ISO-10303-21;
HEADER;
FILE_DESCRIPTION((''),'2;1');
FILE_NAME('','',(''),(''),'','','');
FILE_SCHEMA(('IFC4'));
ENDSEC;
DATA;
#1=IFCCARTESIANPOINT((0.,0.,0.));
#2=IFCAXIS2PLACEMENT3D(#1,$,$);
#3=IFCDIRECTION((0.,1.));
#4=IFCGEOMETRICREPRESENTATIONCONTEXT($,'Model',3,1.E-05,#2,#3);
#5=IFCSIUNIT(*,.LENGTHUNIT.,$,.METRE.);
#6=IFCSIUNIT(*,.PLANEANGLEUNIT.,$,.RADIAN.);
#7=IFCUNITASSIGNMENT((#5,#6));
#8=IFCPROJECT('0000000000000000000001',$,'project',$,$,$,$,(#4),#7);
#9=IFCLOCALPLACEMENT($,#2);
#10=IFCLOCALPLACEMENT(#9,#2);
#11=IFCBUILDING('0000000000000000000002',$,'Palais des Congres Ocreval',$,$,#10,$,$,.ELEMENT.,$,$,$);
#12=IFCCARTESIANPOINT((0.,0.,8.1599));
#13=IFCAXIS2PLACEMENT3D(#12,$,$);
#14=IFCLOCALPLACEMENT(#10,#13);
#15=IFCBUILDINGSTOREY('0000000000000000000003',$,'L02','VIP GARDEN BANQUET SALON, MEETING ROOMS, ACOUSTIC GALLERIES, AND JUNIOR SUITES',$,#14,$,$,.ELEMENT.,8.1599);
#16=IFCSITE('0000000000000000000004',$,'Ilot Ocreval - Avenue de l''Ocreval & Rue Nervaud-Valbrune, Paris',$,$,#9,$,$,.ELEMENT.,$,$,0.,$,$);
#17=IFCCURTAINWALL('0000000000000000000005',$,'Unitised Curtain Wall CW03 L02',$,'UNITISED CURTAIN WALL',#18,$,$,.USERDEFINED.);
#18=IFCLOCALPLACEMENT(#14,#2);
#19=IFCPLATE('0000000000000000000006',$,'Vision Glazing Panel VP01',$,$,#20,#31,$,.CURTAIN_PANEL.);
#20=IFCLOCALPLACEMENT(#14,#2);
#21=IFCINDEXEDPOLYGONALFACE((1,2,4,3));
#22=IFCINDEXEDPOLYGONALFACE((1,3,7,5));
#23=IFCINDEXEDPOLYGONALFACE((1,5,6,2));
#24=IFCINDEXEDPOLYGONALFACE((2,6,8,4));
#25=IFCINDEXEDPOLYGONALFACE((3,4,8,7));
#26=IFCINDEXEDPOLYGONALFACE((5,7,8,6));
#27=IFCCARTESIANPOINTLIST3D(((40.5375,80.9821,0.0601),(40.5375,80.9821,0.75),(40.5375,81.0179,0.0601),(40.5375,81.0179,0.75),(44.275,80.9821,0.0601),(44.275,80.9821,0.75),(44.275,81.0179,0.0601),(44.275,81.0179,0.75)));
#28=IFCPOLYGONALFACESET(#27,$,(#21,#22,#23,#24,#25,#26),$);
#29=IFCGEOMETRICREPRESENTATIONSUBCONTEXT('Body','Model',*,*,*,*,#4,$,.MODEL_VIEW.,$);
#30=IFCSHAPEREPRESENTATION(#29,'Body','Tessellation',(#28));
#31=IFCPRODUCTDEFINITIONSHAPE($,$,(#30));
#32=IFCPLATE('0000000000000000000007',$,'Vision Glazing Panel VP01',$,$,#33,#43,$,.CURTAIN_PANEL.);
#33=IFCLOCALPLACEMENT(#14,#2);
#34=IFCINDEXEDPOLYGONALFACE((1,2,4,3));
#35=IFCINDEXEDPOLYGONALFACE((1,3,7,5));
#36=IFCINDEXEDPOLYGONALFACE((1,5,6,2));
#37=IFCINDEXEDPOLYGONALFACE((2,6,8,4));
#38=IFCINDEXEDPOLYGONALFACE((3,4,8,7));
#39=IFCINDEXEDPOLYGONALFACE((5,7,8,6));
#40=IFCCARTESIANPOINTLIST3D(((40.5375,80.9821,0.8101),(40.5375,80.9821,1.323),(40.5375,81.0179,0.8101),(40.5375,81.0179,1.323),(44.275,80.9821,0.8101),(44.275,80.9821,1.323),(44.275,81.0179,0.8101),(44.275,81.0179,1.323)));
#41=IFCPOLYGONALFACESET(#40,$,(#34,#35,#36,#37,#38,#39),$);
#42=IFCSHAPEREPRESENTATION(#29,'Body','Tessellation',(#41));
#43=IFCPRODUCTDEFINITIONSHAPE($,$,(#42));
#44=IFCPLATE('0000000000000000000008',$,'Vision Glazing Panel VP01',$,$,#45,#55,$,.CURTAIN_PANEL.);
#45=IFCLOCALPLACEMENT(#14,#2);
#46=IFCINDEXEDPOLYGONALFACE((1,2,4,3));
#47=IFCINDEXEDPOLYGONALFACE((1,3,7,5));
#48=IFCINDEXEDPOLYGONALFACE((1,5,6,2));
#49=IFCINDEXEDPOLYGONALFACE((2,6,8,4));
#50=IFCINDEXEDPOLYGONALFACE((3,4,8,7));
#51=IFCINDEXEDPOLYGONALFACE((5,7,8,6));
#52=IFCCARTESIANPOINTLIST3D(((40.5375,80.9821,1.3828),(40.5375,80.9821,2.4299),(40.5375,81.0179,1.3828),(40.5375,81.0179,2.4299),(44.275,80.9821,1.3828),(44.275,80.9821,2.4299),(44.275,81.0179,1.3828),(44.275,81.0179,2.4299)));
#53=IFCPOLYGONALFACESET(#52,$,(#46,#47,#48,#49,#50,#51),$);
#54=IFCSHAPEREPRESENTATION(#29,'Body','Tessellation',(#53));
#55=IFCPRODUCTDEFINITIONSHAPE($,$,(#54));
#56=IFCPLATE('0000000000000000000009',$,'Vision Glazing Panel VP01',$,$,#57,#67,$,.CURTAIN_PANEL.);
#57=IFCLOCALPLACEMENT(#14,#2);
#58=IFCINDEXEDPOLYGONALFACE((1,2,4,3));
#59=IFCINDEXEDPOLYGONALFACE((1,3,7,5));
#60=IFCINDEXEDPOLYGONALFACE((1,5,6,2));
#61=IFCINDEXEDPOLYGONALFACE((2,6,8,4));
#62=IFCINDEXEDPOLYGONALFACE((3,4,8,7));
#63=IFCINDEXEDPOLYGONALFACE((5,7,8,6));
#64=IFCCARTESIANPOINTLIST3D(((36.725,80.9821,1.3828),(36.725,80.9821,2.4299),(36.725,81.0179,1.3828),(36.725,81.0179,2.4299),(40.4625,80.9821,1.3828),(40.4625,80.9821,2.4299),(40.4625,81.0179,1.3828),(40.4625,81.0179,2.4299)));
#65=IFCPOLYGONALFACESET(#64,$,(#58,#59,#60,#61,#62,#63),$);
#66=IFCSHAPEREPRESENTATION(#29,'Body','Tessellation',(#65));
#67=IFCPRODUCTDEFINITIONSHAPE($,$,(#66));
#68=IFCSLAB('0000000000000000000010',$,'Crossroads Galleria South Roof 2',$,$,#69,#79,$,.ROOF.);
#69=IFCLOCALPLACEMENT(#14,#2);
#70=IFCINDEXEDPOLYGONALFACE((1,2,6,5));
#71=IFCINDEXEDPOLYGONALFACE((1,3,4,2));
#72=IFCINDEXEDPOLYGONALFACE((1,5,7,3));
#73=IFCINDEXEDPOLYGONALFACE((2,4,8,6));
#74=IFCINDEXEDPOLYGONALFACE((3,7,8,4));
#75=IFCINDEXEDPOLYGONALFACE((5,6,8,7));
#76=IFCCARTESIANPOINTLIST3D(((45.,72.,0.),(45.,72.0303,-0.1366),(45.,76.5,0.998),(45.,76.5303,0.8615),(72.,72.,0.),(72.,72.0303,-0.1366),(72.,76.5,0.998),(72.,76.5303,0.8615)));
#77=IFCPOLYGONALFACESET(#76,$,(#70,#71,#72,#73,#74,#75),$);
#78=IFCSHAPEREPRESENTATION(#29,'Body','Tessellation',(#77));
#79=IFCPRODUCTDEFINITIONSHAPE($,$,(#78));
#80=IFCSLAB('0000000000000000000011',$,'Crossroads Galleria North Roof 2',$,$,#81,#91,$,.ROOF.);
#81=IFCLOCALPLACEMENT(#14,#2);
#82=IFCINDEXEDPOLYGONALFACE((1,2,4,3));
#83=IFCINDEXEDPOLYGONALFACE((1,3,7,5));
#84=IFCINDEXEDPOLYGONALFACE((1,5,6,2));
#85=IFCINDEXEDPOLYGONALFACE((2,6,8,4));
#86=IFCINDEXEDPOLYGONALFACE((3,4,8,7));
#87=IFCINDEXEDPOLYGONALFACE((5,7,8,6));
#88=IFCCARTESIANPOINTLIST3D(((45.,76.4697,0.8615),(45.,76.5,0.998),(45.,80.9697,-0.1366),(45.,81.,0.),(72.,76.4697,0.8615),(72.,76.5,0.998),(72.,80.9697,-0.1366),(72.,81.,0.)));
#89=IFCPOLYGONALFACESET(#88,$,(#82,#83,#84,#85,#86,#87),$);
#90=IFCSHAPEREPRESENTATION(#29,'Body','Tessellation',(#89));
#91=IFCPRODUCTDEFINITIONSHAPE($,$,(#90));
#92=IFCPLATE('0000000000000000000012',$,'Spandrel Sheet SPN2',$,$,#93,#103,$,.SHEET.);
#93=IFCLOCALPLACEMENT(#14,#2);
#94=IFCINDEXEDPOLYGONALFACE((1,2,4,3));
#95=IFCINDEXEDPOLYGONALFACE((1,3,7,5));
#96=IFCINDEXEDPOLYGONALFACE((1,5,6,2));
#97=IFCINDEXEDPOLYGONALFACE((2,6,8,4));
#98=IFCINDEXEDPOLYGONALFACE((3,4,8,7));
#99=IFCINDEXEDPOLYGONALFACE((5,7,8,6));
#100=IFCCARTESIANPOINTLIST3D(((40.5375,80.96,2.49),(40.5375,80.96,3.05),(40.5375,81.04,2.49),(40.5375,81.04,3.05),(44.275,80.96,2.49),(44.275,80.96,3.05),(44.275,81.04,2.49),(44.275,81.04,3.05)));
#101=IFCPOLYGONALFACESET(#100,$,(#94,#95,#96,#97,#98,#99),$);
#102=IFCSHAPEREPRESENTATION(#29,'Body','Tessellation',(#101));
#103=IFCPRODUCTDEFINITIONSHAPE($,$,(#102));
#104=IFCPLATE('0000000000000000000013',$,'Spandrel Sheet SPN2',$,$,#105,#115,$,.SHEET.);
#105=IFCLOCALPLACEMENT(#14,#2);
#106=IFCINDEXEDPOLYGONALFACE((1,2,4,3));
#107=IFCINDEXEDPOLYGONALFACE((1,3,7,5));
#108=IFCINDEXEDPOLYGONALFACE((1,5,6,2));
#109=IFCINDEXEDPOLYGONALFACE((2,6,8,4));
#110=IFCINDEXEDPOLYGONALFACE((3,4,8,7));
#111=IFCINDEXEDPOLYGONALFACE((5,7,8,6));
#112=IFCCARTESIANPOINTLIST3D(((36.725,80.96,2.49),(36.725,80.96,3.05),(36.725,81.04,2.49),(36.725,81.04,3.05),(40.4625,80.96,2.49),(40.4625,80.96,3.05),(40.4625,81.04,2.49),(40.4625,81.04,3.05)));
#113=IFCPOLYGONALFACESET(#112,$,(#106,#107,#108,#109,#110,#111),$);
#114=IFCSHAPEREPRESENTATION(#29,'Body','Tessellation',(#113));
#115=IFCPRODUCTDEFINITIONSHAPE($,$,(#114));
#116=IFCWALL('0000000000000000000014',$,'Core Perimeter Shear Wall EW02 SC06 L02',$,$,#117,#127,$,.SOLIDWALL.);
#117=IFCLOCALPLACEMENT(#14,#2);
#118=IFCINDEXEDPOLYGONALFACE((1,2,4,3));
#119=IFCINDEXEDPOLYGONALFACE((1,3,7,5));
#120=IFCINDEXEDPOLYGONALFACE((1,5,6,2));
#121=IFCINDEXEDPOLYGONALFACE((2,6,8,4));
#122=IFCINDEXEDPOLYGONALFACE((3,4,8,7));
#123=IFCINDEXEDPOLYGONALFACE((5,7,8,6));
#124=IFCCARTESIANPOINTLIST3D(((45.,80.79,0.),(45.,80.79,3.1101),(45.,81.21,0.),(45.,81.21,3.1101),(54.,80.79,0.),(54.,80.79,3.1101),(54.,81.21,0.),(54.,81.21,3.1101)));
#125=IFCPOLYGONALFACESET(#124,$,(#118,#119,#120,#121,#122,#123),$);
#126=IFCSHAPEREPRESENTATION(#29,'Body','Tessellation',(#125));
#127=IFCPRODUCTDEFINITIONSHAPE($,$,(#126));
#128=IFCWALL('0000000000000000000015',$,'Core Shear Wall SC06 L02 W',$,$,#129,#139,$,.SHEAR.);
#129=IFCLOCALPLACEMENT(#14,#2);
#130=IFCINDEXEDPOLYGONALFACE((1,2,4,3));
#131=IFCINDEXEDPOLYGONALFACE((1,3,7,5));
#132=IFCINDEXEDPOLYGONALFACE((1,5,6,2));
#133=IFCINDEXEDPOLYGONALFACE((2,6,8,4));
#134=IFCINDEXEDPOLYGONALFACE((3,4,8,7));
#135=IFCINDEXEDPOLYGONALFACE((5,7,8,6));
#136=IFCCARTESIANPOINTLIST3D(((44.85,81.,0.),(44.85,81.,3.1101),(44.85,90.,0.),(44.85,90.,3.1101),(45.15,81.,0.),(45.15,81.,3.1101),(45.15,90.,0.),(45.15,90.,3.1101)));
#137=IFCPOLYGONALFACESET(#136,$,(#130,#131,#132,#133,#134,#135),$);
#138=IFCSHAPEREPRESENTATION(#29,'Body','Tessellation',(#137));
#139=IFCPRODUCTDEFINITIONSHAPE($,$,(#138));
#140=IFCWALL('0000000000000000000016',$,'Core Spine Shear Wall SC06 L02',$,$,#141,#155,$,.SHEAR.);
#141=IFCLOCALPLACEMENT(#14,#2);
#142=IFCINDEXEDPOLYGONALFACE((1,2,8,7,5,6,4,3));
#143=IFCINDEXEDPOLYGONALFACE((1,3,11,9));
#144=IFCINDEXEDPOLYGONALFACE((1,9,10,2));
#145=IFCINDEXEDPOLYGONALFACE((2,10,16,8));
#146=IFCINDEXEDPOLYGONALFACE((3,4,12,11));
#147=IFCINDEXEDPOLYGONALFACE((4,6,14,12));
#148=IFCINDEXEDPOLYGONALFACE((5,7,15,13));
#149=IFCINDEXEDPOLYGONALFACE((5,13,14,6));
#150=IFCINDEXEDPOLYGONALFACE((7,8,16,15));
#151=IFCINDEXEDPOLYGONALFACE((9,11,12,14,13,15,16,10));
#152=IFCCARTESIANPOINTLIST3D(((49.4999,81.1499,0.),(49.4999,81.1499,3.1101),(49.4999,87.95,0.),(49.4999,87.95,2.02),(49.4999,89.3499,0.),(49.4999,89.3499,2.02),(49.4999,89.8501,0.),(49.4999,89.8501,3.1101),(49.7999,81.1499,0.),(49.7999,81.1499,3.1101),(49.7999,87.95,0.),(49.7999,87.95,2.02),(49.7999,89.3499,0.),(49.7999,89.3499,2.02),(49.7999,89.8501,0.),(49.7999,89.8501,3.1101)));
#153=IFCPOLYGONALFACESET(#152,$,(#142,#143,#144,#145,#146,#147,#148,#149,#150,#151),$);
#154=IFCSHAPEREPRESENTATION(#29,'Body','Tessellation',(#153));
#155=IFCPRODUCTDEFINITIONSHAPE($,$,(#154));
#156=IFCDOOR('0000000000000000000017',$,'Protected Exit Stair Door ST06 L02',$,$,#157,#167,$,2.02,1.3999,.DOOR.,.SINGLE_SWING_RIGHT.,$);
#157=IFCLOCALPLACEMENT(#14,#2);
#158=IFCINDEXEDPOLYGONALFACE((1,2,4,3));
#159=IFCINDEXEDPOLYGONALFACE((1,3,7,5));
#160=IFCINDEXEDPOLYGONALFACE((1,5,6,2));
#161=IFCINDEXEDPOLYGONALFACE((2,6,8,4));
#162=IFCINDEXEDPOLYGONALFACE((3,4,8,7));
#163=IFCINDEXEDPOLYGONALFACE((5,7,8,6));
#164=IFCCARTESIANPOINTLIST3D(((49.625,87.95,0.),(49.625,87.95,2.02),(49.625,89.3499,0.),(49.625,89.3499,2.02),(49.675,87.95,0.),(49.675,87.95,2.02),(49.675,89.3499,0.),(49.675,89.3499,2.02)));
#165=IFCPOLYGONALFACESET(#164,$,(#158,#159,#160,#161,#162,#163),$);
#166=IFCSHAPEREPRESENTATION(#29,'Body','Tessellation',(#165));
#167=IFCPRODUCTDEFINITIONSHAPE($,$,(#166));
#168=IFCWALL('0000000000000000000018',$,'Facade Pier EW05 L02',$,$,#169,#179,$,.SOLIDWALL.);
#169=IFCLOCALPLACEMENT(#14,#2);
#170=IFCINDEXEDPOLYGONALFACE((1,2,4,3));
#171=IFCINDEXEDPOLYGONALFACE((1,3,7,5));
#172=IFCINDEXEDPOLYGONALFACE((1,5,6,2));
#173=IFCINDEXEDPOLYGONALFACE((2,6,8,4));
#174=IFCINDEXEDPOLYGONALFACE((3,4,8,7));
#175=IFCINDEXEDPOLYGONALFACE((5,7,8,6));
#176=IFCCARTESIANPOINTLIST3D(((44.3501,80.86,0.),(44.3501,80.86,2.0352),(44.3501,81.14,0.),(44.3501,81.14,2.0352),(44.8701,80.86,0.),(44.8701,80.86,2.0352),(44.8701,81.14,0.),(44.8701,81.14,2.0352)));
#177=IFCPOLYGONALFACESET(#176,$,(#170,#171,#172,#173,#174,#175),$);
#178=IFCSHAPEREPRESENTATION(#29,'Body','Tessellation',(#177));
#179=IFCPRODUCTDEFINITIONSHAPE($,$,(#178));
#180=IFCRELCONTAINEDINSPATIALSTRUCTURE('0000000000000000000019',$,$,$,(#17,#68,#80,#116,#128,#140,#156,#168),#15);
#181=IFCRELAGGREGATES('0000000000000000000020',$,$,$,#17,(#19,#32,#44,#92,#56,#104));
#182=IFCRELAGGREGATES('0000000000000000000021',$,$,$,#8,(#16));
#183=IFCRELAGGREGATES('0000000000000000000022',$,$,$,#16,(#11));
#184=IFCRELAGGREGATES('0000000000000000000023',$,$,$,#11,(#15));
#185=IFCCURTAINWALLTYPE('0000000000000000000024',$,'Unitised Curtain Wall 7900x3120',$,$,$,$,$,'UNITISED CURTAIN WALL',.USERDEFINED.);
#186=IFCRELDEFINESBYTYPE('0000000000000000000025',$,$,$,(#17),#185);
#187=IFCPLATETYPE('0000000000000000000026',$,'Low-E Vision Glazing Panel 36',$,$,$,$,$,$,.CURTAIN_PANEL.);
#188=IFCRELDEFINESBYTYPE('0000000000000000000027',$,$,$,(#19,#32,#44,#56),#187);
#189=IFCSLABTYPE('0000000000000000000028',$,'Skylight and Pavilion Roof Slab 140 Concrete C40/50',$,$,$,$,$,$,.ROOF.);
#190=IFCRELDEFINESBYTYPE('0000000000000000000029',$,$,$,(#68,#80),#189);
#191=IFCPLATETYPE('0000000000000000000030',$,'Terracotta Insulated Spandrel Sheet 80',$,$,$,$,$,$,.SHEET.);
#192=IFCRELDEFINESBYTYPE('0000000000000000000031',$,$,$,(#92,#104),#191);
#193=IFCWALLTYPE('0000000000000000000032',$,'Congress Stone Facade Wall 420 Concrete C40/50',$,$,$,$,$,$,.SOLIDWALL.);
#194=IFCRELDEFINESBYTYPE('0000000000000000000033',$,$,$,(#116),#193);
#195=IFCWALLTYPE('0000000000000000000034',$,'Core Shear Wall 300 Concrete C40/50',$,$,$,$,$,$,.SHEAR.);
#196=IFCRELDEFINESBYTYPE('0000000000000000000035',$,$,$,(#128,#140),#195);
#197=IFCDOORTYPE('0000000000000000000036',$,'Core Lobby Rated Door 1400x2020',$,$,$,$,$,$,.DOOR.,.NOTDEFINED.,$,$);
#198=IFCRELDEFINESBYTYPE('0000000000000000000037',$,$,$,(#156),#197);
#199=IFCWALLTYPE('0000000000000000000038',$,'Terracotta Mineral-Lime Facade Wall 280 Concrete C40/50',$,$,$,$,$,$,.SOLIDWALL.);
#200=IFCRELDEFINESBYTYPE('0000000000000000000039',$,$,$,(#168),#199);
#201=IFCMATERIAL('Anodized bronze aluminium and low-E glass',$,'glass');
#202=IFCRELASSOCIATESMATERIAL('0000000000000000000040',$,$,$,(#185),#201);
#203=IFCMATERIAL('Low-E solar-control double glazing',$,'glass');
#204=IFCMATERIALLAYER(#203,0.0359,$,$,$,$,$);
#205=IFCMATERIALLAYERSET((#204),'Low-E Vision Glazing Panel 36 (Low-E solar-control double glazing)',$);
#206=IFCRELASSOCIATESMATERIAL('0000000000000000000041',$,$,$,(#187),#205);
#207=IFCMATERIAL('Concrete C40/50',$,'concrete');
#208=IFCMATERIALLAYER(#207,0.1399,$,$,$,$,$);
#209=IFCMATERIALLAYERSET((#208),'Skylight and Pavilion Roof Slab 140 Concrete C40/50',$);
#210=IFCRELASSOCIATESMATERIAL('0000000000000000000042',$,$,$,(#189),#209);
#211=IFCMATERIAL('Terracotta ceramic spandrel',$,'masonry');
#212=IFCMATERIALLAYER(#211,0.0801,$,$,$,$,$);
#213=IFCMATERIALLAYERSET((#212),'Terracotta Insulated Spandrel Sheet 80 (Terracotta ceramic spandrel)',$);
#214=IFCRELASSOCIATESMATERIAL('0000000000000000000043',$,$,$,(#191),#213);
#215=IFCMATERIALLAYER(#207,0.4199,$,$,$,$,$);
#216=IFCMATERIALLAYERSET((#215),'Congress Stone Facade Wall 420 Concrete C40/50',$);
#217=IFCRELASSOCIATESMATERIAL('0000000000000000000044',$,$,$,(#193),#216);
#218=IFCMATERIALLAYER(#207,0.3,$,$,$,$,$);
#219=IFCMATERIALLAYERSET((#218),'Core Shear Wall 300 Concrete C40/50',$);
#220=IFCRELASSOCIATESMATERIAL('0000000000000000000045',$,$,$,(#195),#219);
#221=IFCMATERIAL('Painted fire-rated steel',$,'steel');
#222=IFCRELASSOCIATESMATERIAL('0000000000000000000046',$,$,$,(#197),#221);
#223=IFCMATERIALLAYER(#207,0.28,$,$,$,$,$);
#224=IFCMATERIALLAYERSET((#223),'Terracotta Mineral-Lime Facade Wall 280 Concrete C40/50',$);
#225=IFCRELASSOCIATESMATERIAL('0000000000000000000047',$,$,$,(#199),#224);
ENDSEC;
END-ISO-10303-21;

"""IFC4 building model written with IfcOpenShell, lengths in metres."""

from ifc_helpers import new_model, si_unit, direction, frame, frame_2d, origin, origin_2d, place, context, subcontext, project, spatial, polyline, rectangle, outline, extrude, material, layer, layer_set, type_object, element, fill, aggregate, save


model = new_model("IFC4")

# Units and contexts
model_context = context("Model", 3, precision=1e-05, world=origin(), true_north=direction((0.0, 1.0)))
body_context = subcontext(model_context, "Body", "Model", "MODEL_VIEW")
ifc_project = project(units=[si_unit("LENGTHUNIT", "METRE"), si_unit("PLANEANGLEUNIT", "RADIAN")], contexts=[model_context])

# Site, building, storey
site_placement = place(None, origin())
site = spatial("IfcSite", under=ifc_project, at=site_placement, Name="Ilot Ocreval - Avenue de l'Ocreval & Rue Nervaud-Valbrune, Paris", CompositionType="ELEMENT", RefElevation=0.0)
building_placement = place(site_placement, origin())
building = spatial("IfcBuilding", under=site, at=building_placement, Name="Palais des Congres Ocreval", CompositionType="ELEMENT")
storey_placement = place(building_placement, frame((0.0, 0.0, 8.1599)))
storey = spatial("IfcBuildingStorey", under=building, at=storey_placement, Name="L02", Description="VIP GARDEN BANQUET SALON, MEETING ROOMS, ACOUSTIC GALLERIES, AND JUNIOR SUITES", CompositionType="ELEMENT", Elevation=8.1599)

# Curtain wall
ifc_material_1 = material(Name="Anodized bronze aluminium and low-E glass", Category="glass")
curtain_wall_type = type_object("IfcCurtainWallType", Name="Unitised Curtain Wall 7900x3120", ElementType="UNITISED CURTAIN WALL", PredefinedType="USERDEFINED", material=ifc_material_1)
curtain_wall_placement = place(storey_placement, origin())
curtain_wall = element("IfcCurtainWall", 1, at=curtain_wall_placement, inside=storey, type_object=curtain_wall_type, Name="Unitised Curtain Wall CW03 L02", ObjectType="UNITISED CURTAIN WALL", PredefinedType="USERDEFINED")

# Plates
ifc_material_2 = material(Name="Low-E solar-control double glazing", Category="glass")
ifc_layer_1 = layer(ifc_material_2, 0.0359)
ifc_layer_set_1 = layer_set([ifc_layer_1], Name="Low-E Vision Glazing Panel 36 (Low-E solar-control double glazing)")
plate_type_1 = type_object("IfcPlateType", Name="Low-E Vision Glazing Panel 36", PredefinedType="CURTAIN_PANEL", material=ifc_layer_set_1)
plate_1_placement = place(storey_placement, frame((42.4062, 81.0, 0.0601), z_axis=(0.0, 0.0, 1.0), x_axis=(-1.0, 0.0, 0.0)))
plate_1 = element("IfcPlate", 2, at=plate_1_placement, type_object=plate_type_1, Name="Vision Glazing Panel VP01", PredefinedType="CURTAIN_PANEL", context=body_context, shape_type="SweptSolid", body=[
    extrude(rectangle(XDim=3.7375, YDim=0.0359, at=origin_2d()), origin(), (0.0, 0.0, 1.0), 0.6899),
])
plate_2_placement = place(storey_placement, frame((42.4062, 81.0, 0.8101), z_axis=(0.0, 0.0, 1.0), x_axis=(-1.0, 0.0, 0.0)))
plate_2 = element("IfcPlate", 3, at=plate_2_placement, type_object=plate_type_1, Name="Vision Glazing Panel VP01", PredefinedType="CURTAIN_PANEL", context=body_context, shape_type="SweptSolid", body=[
    extrude(rectangle(XDim=3.7375, YDim=0.0359, at=origin_2d()), origin(), (0.0, 0.0, 1.0), 0.5129),
])
plate_3_placement = place(storey_placement, frame((42.4062, 81.0, 1.3828), z_axis=(0.0, 0.0, 1.0), x_axis=(-1.0, 0.0, 0.0)))
plate_3 = element("IfcPlate", 4, at=plate_3_placement, type_object=plate_type_1, Name="Vision Glazing Panel VP01", PredefinedType="CURTAIN_PANEL", context=body_context, shape_type="SweptSolid", body=[
    extrude(rectangle(XDim=3.7375, YDim=0.0359, at=origin_2d()), origin(), (0.0, 0.0, 1.0), 1.0471),
])
plate_4_placement = place(storey_placement, frame((38.5938, 81.0, 1.3828), z_axis=(0.0, 0.0, 1.0), x_axis=(-1.0, 0.0, 0.0)))
plate_4 = element("IfcPlate", 5, at=plate_4_placement, type_object=plate_type_1, Name="Vision Glazing Panel VP01", PredefinedType="CURTAIN_PANEL", context=body_context, shape_type="SweptSolid", body=[
    extrude(rectangle(XDim=3.7375, YDim=0.0359, at=origin_2d()), origin(), (0.0, 0.0, 1.0), 1.0471),
])

# Slabs
ifc_material_3 = material(Name="Concrete C40/50", Category="concrete")
ifc_layer_2 = layer(ifc_material_3, 0.1399)
ifc_layer_set_2 = layer_set([ifc_layer_2], Name="Skylight and Pavilion Roof Slab 140 Concrete C40/50")
slab_type = type_object("IfcSlabType", Name="Skylight and Pavilion Roof Slab 140 Concrete C40/50", PredefinedType="ROOF", material=ifc_layer_set_2)
for number, where, z_axis, x_axis, name in (
    (6, (45.0, 72.0, 0.0), (0.0, -0.216527, 0.976277), (1.0, 0.0, 0.0), "Crossroads Galleria South Roof 2"),
    (7, (45.0, 76.5, 0.998), (0.0, 0.216527, 0.976277), (1.0, 0.0, 0.0), "Crossroads Galleria North Roof 2"),
):
    element("IfcSlab", number, at=place(storey_placement, frame(where, z_axis=z_axis, x_axis=x_axis)), inside=storey, type_object=slab_type, Name=name, PredefinedType="ROOF", context=body_context, shape_type="SweptSolid", body=[
        extrude(outline(polyline([(0.0, 0.0), (27.0, 0.0), (27.0, 4.6093), (0.0, 4.6093), (0.0, 0.0)])), origin(), (0.0, 0.0, -1.0), 0.1399),
    ])

# Plates
ifc_material_4 = material(Name="Terracotta ceramic spandrel", Category="masonry")
ifc_layer_3 = layer(ifc_material_4, 0.0801)
ifc_layer_set_3 = layer_set([ifc_layer_3], Name="Terracotta Insulated Spandrel Sheet 80 (Terracotta ceramic spandrel)")
plate_type_2 = type_object("IfcPlateType", Name="Terracotta Insulated Spandrel Sheet 80", PredefinedType="SHEET", material=ifc_layer_set_3)
plate_5_placement = place(storey_placement, frame((42.4062, 81.0, 2.49), z_axis=(0.0, 0.0, 1.0), x_axis=(-1.0, 0.0, 0.0)))
plate_5 = element("IfcPlate", 8, at=plate_5_placement, type_object=plate_type_2, Name="Spandrel Sheet SPN2", PredefinedType="SHEET", context=body_context, shape_type="SweptSolid", body=[
    extrude(rectangle(XDim=3.7375, YDim=0.0801, at=origin_2d()), origin(), (0.0, 0.0, 1.0), 0.5601),
])
plate_6_placement = place(storey_placement, frame((38.5938, 81.0, 2.49), z_axis=(0.0, 0.0, 1.0), x_axis=(-1.0, 0.0, 0.0)))
plate_6 = element("IfcPlate", 9, at=plate_6_placement, type_object=plate_type_2, Name="Spandrel Sheet SPN2", PredefinedType="SHEET", context=body_context, shape_type="SweptSolid", body=[
    extrude(rectangle(XDim=3.7375, YDim=0.0801, at=origin_2d()), origin(), (0.0, 0.0, 1.0), 0.5601),
])
aggregate(curtain_wall, [plate_1, plate_2, plate_3, plate_5, plate_4, plate_6])

# Walls
ifc_layer_4 = layer(ifc_material_3, 0.4199)
ifc_layer_set_4 = layer_set([ifc_layer_4], Name="Congress Stone Facade Wall 420 Concrete C40/50")
wall_type_1 = type_object("IfcWallType", Name="Congress Stone Facade Wall 420 Concrete C40/50", PredefinedType="SOLIDWALL", material=ifc_layer_set_4)
wall_1_placement = place(storey_placement, frame((54.0, 81.0, 0.0), z_axis=(0.0, 0.0, 1.0), x_axis=(-1.0, 0.0, 0.0)))
element("IfcWall", 10, at=wall_1_placement, inside=storey, type_object=wall_type_1, Name="Core Perimeter Shear Wall EW02 SC06 L02", PredefinedType="SOLIDWALL", context=body_context, shape_type="SweptSolid", body=[
    extrude(rectangle(XDim=9.0, YDim=0.4199, at=frame_2d((4.5, 0.0))), origin(), (0.0, 0.0, 1.0), 3.1101),
])
ifc_layer_5 = layer(ifc_material_3, 0.3)
ifc_layer_set_5 = layer_set([ifc_layer_5], Name="Core Shear Wall 300 Concrete C40/50")
wall_type_2 = type_object("IfcWallType", Name="Core Shear Wall 300 Concrete C40/50", PredefinedType="SHEAR", material=ifc_layer_set_5)
wall_2_placement = place(storey_placement, frame((45.0, 81.0, 0.0), z_axis=(0.0, 0.0, 1.0), x_axis=(0.0, 1.0, 0.0)))
element("IfcWall", 11, at=wall_2_placement, inside=storey, type_object=wall_type_2, Name="Core Shear Wall SC06 L02 W", PredefinedType="SHEAR", context=body_context, shape_type="SweptSolid", body=[
    extrude(rectangle(XDim=9.0, YDim=0.3, at=frame_2d((4.5, 0.0))), origin(), (0.0, 0.0, 1.0), 3.1101),
])

# Wall, opening, door
wall_3_placement = place(storey_placement, frame((49.6499, 81.1499, 0.0), z_axis=(0.0, 0.0, 1.0), x_axis=(0.0, 1.0, 0.0)))
wall_3 = element("IfcWall", 12, at=wall_3_placement, inside=storey, type_object=wall_type_2, Name="Core Spine Shear Wall SC06 L02", PredefinedType="SHEAR", context=body_context, shape_type="SweptSolid", body=[
    extrude(rectangle(XDim=8.7002, YDim=0.3, at=frame_2d((4.3501, 0.0))), origin(), (0.0, 0.0, 1.0), 3.1101),
])
opening_placement = place(wall_3_placement, frame((6.8, 0.0, 0.0)))
opening = element("IfcOpeningElement", 13, at=opening_placement, cuts=wall_3, PredefinedType="OPENING", context=body_context, shape_type="SweptSolid", body=[
    extrude(rectangle(XDim=1.3999, YDim=2.02, at=frame_2d((0.7, 1.01))), frame((0.0, 0.1599, 0.0), z_axis=(0.0, -1.0, 0.0), x_axis=(1.0, 0.0, 0.0)), (0.0, 0.0, 1.0), 0.3201),
])
ifc_material_5 = material(Name="Painted fire-rated steel", Category="steel")
door_type = type_object("IfcDoorType", Name="Core Lobby Rated Door 1400x2020", OperationType="NOTDEFINED", PredefinedType="DOOR", material=ifc_material_5)
door_placement = place(opening_placement, origin())
door = element("IfcDoor", 14, at=door_placement, inside=storey, type_object=door_type, Name="Protected Exit Stair Door ST06 L02", OperationType="SINGLE_SWING_RIGHT", OverallHeight=2.02, OverallWidth=1.3999, PredefinedType="DOOR", context=body_context, shape_type="SweptSolid", body=[
    extrude(rectangle(XDim=1.3999, YDim=2.02, at=frame_2d((0.7, 1.01))), frame((0.0, 0.0249, 0.0), z_axis=(0.0, -1.0, 0.0), x_axis=(1.0, 0.0, 0.0)), (0.0, 0.0, 1.0), 0.05),
])
fill(opening, door)

# Wall
ifc_layer_6 = layer(ifc_material_3, 0.28)
ifc_layer_set_6 = layer_set([ifc_layer_6], Name="Terracotta Mineral-Lime Facade Wall 280 Concrete C40/50")
wall_type_3 = type_object("IfcWallType", Name="Terracotta Mineral-Lime Facade Wall 280 Concrete C40/50", PredefinedType="SOLIDWALL", material=ifc_layer_set_6)
wall_4_placement = place(storey_placement, frame((44.8701, 81.0, 0.0), z_axis=(0.0, 0.0, 1.0), x_axis=(-1.0, 0.0, 0.0)))
element("IfcWall", 15, at=wall_4_placement, inside=storey, type_object=wall_type_3, Name="Facade Pier EW05 L02", PredefinedType="SOLIDWALL", context=body_context, shape_type="SweptSolid", body=[
    extrude(rectangle(XDim=0.52, YDim=0.28, at=frame_2d((0.26, 0.0))), origin(), (0.0, 0.0, 1.0), 2.0352),
])

save(model, "model.ifc")
